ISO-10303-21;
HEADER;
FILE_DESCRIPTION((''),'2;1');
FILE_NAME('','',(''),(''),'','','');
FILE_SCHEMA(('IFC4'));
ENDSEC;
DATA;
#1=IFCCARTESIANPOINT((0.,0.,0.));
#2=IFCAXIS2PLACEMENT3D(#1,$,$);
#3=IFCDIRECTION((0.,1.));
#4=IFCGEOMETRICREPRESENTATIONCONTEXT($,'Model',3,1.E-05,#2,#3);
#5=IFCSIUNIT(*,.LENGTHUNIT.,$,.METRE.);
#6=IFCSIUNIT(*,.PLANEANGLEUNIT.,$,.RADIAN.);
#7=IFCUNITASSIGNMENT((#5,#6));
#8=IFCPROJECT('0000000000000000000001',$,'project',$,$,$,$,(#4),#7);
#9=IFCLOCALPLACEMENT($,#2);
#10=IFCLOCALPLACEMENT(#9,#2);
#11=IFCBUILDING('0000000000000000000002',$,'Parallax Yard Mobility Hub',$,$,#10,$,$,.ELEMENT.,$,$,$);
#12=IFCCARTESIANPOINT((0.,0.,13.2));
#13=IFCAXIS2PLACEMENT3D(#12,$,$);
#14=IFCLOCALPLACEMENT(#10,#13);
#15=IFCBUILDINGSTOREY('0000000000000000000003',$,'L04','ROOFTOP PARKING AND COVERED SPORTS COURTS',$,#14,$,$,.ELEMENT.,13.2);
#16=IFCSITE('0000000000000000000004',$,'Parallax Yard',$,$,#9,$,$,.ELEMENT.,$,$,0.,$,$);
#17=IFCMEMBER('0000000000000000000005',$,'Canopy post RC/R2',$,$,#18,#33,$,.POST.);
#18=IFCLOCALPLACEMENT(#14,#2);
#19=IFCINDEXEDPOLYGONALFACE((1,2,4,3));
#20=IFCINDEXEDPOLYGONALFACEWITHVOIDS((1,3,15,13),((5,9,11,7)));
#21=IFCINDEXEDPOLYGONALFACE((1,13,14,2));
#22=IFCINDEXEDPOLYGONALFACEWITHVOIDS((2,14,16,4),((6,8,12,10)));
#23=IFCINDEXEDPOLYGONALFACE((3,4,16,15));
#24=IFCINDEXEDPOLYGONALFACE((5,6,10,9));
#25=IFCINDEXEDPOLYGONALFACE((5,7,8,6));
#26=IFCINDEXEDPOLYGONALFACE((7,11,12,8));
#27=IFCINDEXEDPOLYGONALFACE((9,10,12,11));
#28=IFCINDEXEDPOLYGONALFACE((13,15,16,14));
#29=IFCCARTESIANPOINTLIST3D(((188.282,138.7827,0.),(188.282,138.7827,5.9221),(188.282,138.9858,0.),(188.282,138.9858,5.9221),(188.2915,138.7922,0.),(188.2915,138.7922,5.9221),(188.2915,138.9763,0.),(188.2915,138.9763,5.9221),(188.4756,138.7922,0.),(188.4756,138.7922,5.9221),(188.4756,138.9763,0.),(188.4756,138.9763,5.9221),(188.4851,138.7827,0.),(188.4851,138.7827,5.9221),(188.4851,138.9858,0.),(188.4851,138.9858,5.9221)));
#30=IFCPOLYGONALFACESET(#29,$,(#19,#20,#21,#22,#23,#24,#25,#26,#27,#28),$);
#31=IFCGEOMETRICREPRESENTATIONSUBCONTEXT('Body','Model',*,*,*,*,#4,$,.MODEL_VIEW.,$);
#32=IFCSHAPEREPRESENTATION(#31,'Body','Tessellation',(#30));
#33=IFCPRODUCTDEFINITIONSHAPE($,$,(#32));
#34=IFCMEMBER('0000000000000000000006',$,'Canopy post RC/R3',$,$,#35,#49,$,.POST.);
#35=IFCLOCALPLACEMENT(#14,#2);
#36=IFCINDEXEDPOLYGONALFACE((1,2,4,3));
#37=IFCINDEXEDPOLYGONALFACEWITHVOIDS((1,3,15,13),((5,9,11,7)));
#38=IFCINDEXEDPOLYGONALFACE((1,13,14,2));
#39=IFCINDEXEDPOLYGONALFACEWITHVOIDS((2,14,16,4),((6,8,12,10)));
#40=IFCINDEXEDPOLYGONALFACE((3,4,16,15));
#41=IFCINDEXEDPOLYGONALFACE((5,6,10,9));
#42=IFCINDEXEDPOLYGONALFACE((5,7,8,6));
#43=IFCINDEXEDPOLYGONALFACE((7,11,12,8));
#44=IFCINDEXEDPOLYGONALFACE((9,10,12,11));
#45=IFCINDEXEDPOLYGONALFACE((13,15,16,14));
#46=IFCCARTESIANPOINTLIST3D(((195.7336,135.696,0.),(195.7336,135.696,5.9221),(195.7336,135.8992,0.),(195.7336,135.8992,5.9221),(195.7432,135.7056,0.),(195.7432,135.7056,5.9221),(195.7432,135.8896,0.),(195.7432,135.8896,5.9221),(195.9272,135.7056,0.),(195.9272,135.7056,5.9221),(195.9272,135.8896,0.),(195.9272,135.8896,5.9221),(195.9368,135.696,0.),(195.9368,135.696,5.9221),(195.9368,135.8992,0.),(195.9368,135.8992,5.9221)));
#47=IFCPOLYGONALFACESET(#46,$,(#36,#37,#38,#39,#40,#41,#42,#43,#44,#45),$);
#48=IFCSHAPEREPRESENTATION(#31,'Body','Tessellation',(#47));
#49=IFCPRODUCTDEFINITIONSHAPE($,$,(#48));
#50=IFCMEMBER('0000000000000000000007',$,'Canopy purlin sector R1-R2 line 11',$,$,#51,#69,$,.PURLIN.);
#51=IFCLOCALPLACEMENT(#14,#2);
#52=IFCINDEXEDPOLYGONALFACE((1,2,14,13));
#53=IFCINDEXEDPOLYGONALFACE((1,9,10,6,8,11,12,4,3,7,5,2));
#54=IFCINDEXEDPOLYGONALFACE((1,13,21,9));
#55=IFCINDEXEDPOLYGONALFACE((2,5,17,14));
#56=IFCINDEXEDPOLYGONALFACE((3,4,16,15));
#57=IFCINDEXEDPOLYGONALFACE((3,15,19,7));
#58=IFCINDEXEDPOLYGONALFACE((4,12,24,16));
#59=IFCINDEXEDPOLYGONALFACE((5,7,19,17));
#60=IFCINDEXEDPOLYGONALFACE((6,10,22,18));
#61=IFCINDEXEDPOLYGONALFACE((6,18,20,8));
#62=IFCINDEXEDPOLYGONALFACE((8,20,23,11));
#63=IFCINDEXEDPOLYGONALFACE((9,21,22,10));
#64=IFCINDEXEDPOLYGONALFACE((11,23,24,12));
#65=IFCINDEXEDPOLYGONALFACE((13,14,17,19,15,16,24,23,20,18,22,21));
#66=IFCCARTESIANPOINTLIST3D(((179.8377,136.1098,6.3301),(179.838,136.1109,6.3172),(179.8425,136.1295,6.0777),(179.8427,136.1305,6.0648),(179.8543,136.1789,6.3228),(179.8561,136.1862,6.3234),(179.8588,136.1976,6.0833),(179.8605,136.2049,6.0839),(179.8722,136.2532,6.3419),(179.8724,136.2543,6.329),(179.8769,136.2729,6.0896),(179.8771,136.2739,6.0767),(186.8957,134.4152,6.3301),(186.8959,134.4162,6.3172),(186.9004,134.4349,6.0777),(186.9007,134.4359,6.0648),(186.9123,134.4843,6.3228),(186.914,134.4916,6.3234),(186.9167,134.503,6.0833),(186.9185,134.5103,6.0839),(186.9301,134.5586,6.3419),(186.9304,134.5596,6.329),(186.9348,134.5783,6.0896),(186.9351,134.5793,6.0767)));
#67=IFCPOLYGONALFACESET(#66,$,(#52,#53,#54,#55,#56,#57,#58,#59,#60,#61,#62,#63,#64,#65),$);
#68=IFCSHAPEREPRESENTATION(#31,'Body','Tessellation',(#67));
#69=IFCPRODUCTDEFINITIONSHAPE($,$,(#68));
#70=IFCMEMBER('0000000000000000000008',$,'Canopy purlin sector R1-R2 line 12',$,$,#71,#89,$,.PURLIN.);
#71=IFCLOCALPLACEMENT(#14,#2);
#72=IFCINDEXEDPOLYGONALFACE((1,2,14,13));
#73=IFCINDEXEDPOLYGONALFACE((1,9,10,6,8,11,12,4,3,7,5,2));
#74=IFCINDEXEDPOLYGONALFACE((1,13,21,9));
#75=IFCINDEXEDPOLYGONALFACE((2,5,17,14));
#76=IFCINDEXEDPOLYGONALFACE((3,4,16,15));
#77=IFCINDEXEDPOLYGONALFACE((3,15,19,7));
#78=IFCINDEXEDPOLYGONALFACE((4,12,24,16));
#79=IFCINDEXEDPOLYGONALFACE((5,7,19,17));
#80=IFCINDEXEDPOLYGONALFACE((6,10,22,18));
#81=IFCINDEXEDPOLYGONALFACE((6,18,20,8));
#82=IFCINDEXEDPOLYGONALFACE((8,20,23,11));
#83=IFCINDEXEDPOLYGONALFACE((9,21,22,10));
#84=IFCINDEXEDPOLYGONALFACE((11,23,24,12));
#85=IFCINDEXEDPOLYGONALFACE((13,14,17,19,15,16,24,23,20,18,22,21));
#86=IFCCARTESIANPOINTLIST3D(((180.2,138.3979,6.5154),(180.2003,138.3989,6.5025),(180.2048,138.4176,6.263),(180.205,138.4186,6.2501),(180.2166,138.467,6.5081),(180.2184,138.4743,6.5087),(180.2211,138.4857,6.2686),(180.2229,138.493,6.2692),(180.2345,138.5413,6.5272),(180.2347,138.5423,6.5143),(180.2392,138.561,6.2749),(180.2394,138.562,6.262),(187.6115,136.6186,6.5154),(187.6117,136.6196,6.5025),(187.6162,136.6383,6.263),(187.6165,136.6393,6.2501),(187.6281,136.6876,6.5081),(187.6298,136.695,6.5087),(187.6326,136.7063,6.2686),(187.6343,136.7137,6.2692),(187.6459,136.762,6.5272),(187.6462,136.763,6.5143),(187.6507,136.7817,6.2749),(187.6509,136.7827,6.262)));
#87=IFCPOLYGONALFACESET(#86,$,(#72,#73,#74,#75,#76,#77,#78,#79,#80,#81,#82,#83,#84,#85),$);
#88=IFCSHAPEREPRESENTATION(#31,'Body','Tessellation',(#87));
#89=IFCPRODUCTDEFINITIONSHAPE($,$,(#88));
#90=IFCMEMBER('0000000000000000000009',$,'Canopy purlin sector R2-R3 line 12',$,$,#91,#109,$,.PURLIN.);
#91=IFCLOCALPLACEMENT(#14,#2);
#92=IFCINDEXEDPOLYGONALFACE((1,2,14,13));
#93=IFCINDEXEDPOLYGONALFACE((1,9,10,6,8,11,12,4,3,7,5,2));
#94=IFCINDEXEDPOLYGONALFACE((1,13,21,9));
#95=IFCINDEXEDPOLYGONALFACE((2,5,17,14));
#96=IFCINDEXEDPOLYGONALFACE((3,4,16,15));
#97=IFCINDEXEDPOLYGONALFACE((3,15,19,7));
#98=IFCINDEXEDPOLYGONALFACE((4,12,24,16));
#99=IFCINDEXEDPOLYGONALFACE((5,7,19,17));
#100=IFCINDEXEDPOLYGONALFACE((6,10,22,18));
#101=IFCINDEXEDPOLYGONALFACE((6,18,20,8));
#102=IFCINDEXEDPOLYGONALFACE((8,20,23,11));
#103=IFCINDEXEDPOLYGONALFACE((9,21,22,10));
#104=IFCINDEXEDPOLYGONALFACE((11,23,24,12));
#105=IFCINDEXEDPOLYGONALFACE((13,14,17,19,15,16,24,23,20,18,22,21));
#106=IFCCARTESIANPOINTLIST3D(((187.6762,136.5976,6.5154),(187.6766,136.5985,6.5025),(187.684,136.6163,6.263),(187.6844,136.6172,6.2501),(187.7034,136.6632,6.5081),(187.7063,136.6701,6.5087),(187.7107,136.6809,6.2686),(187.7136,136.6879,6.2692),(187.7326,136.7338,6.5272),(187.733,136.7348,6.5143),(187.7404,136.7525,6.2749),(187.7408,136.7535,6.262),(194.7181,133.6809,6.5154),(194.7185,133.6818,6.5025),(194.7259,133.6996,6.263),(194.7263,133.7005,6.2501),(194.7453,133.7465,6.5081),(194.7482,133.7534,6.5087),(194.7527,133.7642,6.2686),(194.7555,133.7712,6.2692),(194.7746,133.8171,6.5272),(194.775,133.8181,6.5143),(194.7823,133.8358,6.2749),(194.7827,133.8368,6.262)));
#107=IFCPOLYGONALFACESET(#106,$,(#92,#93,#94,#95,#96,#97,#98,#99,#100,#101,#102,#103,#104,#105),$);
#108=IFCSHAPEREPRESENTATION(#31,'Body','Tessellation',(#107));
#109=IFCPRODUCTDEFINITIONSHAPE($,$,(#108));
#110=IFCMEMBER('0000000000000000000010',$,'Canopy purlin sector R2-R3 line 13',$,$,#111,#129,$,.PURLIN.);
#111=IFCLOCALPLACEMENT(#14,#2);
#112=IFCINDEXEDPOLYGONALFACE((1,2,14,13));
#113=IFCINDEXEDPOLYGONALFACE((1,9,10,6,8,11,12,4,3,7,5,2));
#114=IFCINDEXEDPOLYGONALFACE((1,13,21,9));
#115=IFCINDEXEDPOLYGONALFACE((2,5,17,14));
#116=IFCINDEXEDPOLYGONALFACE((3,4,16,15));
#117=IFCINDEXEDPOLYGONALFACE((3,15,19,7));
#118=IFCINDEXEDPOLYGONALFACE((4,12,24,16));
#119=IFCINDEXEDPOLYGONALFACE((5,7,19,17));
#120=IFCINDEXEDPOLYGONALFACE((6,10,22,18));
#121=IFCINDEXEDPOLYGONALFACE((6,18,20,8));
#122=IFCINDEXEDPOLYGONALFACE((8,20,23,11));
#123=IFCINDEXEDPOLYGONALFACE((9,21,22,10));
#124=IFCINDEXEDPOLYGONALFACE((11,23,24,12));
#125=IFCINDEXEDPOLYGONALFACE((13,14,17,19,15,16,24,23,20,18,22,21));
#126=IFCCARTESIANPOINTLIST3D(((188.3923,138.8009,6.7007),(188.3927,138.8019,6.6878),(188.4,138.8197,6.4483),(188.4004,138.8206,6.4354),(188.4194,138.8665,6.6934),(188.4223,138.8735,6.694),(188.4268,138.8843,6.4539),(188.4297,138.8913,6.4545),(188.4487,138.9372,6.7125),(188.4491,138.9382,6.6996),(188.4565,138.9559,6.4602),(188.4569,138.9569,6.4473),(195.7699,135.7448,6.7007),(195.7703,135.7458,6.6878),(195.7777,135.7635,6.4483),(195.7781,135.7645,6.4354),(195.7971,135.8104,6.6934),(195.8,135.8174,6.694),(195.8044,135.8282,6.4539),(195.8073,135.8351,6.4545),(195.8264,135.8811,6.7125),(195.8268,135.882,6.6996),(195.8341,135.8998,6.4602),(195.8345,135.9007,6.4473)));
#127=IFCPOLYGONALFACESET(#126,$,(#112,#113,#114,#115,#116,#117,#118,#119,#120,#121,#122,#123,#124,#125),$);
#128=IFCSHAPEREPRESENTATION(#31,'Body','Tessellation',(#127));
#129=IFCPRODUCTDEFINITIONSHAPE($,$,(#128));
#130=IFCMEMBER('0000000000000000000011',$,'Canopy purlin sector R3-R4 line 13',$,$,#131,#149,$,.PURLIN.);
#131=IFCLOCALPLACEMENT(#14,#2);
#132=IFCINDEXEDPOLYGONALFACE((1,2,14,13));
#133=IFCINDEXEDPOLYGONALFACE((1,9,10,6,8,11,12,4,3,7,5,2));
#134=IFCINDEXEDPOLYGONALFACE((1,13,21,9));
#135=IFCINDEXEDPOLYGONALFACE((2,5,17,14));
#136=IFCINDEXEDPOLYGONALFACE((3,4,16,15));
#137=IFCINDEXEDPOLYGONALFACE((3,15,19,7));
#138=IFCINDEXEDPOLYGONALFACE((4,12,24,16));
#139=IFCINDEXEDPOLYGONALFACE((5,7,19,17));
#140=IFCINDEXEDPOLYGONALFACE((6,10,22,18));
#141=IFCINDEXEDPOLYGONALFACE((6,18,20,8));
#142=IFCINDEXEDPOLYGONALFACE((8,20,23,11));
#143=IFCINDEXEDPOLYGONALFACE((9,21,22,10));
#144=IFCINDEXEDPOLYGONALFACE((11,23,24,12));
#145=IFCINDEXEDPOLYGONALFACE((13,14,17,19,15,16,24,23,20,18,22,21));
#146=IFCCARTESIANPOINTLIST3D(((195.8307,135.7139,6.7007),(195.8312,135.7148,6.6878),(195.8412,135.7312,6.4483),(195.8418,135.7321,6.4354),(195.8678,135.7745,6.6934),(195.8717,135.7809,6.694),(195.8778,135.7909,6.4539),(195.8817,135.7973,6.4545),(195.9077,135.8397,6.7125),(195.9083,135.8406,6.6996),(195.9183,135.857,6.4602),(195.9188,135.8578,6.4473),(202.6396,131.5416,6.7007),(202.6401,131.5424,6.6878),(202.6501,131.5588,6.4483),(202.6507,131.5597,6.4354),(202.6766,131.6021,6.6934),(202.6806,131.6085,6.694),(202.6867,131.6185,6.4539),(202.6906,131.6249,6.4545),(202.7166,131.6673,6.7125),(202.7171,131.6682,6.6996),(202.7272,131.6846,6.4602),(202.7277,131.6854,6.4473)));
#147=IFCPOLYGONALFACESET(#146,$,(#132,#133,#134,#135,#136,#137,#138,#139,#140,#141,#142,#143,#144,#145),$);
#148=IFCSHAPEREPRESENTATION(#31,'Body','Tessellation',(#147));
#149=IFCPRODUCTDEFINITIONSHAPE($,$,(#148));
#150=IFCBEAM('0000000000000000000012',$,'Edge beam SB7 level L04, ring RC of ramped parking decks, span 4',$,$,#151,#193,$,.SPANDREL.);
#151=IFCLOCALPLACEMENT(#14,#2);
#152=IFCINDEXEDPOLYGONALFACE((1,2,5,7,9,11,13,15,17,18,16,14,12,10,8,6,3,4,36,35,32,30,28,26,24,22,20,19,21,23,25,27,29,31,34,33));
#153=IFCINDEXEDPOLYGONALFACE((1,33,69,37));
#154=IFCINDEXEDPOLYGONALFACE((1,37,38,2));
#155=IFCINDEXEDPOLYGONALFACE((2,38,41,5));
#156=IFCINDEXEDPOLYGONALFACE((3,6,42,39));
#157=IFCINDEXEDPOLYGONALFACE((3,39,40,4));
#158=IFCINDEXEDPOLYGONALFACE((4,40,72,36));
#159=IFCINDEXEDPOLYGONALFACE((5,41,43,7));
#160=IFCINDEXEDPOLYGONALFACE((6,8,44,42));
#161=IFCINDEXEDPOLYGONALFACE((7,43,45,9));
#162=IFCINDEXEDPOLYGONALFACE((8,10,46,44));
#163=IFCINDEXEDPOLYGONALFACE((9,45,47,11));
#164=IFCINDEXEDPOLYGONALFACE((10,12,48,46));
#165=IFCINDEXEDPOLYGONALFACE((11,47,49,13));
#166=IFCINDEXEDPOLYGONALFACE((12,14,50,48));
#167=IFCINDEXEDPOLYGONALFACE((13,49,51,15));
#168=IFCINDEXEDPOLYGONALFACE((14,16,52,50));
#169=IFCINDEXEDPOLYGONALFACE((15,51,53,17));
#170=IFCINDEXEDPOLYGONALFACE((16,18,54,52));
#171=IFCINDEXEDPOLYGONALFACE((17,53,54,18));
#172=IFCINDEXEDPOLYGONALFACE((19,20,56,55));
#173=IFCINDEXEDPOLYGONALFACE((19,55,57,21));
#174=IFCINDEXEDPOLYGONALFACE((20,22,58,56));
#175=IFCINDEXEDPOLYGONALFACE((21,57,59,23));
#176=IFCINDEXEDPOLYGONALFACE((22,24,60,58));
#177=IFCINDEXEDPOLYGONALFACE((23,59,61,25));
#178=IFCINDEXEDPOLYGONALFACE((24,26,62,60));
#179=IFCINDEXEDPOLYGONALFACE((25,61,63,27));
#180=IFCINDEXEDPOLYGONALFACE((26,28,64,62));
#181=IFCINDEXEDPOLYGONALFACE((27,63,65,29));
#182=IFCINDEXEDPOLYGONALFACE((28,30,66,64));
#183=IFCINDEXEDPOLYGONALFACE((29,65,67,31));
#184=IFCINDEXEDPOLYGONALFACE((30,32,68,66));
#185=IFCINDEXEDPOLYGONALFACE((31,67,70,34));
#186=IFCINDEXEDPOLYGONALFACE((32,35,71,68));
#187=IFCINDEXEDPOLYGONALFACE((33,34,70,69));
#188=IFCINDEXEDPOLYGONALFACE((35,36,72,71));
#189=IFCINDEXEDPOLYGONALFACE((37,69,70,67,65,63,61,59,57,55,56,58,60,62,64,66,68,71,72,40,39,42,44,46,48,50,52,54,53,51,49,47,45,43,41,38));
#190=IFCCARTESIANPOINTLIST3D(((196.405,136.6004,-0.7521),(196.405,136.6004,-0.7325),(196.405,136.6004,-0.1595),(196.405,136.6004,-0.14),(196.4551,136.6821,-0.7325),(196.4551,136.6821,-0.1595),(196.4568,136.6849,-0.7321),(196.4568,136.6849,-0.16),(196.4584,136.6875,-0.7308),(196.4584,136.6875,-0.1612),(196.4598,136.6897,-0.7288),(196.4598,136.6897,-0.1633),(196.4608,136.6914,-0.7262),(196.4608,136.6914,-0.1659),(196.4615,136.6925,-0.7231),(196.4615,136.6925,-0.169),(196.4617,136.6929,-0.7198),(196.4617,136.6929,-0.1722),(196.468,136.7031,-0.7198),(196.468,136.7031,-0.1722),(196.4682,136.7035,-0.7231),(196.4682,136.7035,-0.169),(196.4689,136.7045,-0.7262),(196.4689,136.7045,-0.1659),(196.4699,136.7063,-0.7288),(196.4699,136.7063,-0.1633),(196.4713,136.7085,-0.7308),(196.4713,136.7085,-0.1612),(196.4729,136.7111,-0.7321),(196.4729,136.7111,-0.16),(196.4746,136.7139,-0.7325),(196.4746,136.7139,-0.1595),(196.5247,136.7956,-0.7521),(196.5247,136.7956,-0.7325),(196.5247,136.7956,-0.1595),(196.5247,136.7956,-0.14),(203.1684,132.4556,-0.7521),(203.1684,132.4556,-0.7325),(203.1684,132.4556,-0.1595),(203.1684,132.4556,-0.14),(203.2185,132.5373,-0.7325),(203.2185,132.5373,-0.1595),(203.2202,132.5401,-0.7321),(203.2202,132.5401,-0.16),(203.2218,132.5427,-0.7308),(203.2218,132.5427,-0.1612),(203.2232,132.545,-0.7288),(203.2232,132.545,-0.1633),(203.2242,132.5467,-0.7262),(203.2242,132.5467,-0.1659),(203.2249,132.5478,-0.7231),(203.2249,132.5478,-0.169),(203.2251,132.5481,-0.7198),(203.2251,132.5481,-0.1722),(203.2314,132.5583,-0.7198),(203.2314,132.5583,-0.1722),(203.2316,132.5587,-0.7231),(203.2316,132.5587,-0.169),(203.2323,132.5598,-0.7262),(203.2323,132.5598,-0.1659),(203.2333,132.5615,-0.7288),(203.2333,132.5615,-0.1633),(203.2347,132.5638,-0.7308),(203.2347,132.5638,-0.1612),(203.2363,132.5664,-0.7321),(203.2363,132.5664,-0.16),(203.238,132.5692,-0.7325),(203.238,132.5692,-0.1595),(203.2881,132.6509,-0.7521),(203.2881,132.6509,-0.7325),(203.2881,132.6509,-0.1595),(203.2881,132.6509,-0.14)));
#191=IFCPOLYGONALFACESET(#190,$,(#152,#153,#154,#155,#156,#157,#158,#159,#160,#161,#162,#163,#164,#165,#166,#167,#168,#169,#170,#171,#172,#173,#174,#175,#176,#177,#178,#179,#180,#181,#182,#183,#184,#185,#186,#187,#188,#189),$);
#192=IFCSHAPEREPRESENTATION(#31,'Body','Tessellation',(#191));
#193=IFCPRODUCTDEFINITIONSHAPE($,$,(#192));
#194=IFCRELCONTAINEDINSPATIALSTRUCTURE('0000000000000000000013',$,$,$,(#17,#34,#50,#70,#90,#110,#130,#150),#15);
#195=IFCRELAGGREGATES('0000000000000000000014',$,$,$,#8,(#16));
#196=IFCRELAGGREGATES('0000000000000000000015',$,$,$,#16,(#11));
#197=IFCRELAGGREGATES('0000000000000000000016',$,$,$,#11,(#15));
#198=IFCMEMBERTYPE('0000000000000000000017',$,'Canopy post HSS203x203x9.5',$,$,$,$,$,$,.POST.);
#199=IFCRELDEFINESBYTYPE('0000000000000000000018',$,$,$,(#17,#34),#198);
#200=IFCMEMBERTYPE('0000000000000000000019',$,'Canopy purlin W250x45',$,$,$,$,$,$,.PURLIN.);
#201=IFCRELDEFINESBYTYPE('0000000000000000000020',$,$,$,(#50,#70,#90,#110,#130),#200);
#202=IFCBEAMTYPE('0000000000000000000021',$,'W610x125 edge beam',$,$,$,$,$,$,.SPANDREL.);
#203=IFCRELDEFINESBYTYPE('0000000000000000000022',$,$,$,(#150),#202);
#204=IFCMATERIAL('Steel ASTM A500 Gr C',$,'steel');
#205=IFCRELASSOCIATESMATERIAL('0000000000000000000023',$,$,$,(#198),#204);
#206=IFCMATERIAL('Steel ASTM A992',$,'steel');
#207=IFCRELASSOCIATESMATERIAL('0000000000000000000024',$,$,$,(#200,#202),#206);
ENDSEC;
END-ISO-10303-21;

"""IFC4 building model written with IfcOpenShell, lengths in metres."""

from ifc_helpers import new_model, si_unit, direction, frame, origin, origin_2d, place, context, subcontext, project, spatial, hollow_rectangle, i_section, extrude, material, material_profile, profile_set, type_object, element, save


model = new_model("IFC4")

# Units and contexts
model_context = context("Model", 3, precision=1e-05, world=origin(), true_north=direction((0.0, 1.0)))
body_context = subcontext(model_context, "Body", "Model", "MODEL_VIEW")
ifc_project = project(units=[si_unit("LENGTHUNIT", "METRE"), si_unit("PLANEANGLEUNIT", "RADIAN")], contexts=[model_context])

# Site, building, storey
site_placement = place(None, origin())
site = spatial("IfcSite", under=ifc_project, at=site_placement, Name="Parallax Yard", CompositionType="ELEMENT", RefElevation=0.0)
building_placement = place(site_placement, origin())
building = spatial("IfcBuilding", under=site, at=building_placement, Name="Parallax Yard Mobility Hub", CompositionType="ELEMENT")
storey_placement = place(building_placement, frame((0.0, 0.0, 13.2)))
storey = spatial("IfcBuildingStorey", under=building, at=storey_placement, Name="L04", Description="ROOFTOP PARKING AND COVERED SPORTS COURTS", CompositionType="ELEMENT", Elevation=13.2)

# Members
ifc_material_1 = material(Name="Steel ASTM A500 Gr C", Category="steel")
ifc_material_profile_1 = material_profile(ifc_material_1, hollow_rectangle(XDim=0.2031, YDim=0.2031, WallThickness=0.0095, at=origin_2d()), Name="HSS203x203x9.5")
ifc_profile_set_1 = profile_set([ifc_material_profile_1], Name="Steel ASTM A500 Gr C")
member_type_1 = type_object("IfcMemberType", Name="Canopy post HSS203x203x9.5", PredefinedType="POST", material=ifc_profile_set_1)
for number, where, z_axis, x_axis, name in (
    (1, (188.3835, 138.8843, 0.0), (0.0, 0.0, 1.0), (1.0, 0.0, 0.0), "Canopy post RC/R2"),
    (2, (195.8352, 135.7976, 0.0), (0.0, 0.0, 1.0), (1.0, 0.0, 0.0), "Canopy post RC/R3"),
):
    element("IfcMember", number, at=place(storey_placement, frame(where, z_axis=z_axis, x_axis=x_axis)), inside=storey, type_object=member_type_1, Name=name, PredefinedType="POST", context=body_context, shape_type="SweptSolid", body=[
        extrude(hollow_rectangle(XDim=0.2031, YDim=0.2031, WallThickness=0.0095, at=origin_2d()), origin(), (0.0, 0.0, 1.0), 5.9221),
    ])
ifc_material_2 = material(Name="Steel ASTM A992", Category="steel")
ifc_material_profile_2 = material_profile(ifc_material_2, i_section(OverallWidth=0.1479, OverallDepth=0.2661, WebThickness=0.0076, FlangeThickness=0.0129, at=origin_2d()), Name="W250x45")
ifc_profile_set_2 = profile_set([ifc_material_profile_2], Name="Steel ASTM A992")
member_type_2 = type_object("IfcMemberType", Name="Canopy purlin W250x45", PredefinedType="PURLIN", material=ifc_profile_set_2)
member_placement = place(storey_placement, frame((179.8574, 136.1919, 6.2034), z_axis=(0.972366, -0.233463, 0.0), x_axis=(0.232715, 0.96925, 0.07999)))
element("IfcMember", 3, at=member_placement, inside=storey, type_object=member_type_2, Name="Canopy purlin sector R1-R2 line 11", PredefinedType="PURLIN", context=body_context, shape_type="SweptSolid", body=[
    extrude(i_section(OverallWidth=0.1479, OverallDepth=0.2661, WebThickness=0.0076, FlangeThickness=0.0129, at=origin_2d()), origin(), (0.0, 0.0, 1.0), 7.2585),
])
for number, where, z_axis, x_axis, name in (
    (4, (180.2197, 138.48, 6.3887), (0.97237, -0.233443, 0.0), (0.232695, 0.969255, 0.07999), "Canopy purlin sector R1-R2 line 12"),
    (5, (187.7085, 136.6755, 6.3887), (0.923886, -0.382668, 0.0), (0.381441, 0.920926, 0.07999), "Canopy purlin sector R2-R3 line 12"),
):
    element("IfcMember", number, at=place(storey_placement, frame(where, z_axis=z_axis, x_axis=x_axis)), inside=storey, type_object=member_type_2, Name=name, PredefinedType="PURLIN", context=body_context, shape_type="SweptSolid", body=[
        extrude(i_section(OverallWidth=0.1479, OverallDepth=0.2661, WebThickness=0.0076, FlangeThickness=0.0129, at=origin_2d()), origin(), (0.0, 0.0, 1.0), 7.6221),
    ])
for number, where, z_axis, x_axis, name in (
    (6, (188.4246, 138.8789, 6.574), (0.92387, -0.382706, 0.0), (0.38148, 0.92091, 0.07999), "Canopy purlin sector R2-R3 line 13"),
    (7, (195.8748, 135.7859, 6.574), (0.852646, -0.52249, 0.0), (0.520815, 0.849913, 0.07999), "Canopy purlin sector R3-R4 line 13"),
):
    element("IfcMember", number, at=place(storey_placement, frame(where, z_axis=z_axis, x_axis=x_axis)), inside=storey, type_object=member_type_2, Name=name, PredefinedType="PURLIN", context=body_context, shape_type="SweptSolid", body=[
        extrude(i_section(OverallWidth=0.1479, OverallDepth=0.2661, WebThickness=0.0076, FlangeThickness=0.0129, at=origin_2d()), origin(), (0.0, 0.0, 1.0), 7.9856),
    ])

# Beam
ifc_material_profile_3 = material_profile(ifc_material_2, i_section(OverallWidth=0.229, OverallDepth=0.6121, WebThickness=0.012, FlangeThickness=0.0195, FilletRadius=0.0127, at=origin_2d()), Name="W610x125")
ifc_profile_set_3 = profile_set([ifc_material_profile_3], Name="Steel ASTM A992")
beam_type = type_object("IfcBeamType", Name="W610x125 edge beam", PredefinedType="SPANDREL", material=ifc_profile_set_3)
beam_placement = place(storey_placement, frame((196.4648, 136.698, -0.446), z_axis=(0.852632, -0.522512, 0.0), x_axis=(0.522512, 0.852632, 0.0)))
element("IfcBeam", 8, at=beam_placement, inside=storey, type_object=beam_type, Name="Edge beam SB7 level L04, ring RC of ramped parking decks, span 4", PredefinedType="SPANDREL", context=body_context, shape_type="SweptSolid", body=[
    extrude(i_section(OverallWidth=0.229, OverallDepth=0.6121, WebThickness=0.012, FlangeThickness=0.0195, FilletRadius=0.0127, at=origin_2d()), origin(), (0.0, 0.0, 1.0), 7.9324),
])

save(model, "model.ifc")
